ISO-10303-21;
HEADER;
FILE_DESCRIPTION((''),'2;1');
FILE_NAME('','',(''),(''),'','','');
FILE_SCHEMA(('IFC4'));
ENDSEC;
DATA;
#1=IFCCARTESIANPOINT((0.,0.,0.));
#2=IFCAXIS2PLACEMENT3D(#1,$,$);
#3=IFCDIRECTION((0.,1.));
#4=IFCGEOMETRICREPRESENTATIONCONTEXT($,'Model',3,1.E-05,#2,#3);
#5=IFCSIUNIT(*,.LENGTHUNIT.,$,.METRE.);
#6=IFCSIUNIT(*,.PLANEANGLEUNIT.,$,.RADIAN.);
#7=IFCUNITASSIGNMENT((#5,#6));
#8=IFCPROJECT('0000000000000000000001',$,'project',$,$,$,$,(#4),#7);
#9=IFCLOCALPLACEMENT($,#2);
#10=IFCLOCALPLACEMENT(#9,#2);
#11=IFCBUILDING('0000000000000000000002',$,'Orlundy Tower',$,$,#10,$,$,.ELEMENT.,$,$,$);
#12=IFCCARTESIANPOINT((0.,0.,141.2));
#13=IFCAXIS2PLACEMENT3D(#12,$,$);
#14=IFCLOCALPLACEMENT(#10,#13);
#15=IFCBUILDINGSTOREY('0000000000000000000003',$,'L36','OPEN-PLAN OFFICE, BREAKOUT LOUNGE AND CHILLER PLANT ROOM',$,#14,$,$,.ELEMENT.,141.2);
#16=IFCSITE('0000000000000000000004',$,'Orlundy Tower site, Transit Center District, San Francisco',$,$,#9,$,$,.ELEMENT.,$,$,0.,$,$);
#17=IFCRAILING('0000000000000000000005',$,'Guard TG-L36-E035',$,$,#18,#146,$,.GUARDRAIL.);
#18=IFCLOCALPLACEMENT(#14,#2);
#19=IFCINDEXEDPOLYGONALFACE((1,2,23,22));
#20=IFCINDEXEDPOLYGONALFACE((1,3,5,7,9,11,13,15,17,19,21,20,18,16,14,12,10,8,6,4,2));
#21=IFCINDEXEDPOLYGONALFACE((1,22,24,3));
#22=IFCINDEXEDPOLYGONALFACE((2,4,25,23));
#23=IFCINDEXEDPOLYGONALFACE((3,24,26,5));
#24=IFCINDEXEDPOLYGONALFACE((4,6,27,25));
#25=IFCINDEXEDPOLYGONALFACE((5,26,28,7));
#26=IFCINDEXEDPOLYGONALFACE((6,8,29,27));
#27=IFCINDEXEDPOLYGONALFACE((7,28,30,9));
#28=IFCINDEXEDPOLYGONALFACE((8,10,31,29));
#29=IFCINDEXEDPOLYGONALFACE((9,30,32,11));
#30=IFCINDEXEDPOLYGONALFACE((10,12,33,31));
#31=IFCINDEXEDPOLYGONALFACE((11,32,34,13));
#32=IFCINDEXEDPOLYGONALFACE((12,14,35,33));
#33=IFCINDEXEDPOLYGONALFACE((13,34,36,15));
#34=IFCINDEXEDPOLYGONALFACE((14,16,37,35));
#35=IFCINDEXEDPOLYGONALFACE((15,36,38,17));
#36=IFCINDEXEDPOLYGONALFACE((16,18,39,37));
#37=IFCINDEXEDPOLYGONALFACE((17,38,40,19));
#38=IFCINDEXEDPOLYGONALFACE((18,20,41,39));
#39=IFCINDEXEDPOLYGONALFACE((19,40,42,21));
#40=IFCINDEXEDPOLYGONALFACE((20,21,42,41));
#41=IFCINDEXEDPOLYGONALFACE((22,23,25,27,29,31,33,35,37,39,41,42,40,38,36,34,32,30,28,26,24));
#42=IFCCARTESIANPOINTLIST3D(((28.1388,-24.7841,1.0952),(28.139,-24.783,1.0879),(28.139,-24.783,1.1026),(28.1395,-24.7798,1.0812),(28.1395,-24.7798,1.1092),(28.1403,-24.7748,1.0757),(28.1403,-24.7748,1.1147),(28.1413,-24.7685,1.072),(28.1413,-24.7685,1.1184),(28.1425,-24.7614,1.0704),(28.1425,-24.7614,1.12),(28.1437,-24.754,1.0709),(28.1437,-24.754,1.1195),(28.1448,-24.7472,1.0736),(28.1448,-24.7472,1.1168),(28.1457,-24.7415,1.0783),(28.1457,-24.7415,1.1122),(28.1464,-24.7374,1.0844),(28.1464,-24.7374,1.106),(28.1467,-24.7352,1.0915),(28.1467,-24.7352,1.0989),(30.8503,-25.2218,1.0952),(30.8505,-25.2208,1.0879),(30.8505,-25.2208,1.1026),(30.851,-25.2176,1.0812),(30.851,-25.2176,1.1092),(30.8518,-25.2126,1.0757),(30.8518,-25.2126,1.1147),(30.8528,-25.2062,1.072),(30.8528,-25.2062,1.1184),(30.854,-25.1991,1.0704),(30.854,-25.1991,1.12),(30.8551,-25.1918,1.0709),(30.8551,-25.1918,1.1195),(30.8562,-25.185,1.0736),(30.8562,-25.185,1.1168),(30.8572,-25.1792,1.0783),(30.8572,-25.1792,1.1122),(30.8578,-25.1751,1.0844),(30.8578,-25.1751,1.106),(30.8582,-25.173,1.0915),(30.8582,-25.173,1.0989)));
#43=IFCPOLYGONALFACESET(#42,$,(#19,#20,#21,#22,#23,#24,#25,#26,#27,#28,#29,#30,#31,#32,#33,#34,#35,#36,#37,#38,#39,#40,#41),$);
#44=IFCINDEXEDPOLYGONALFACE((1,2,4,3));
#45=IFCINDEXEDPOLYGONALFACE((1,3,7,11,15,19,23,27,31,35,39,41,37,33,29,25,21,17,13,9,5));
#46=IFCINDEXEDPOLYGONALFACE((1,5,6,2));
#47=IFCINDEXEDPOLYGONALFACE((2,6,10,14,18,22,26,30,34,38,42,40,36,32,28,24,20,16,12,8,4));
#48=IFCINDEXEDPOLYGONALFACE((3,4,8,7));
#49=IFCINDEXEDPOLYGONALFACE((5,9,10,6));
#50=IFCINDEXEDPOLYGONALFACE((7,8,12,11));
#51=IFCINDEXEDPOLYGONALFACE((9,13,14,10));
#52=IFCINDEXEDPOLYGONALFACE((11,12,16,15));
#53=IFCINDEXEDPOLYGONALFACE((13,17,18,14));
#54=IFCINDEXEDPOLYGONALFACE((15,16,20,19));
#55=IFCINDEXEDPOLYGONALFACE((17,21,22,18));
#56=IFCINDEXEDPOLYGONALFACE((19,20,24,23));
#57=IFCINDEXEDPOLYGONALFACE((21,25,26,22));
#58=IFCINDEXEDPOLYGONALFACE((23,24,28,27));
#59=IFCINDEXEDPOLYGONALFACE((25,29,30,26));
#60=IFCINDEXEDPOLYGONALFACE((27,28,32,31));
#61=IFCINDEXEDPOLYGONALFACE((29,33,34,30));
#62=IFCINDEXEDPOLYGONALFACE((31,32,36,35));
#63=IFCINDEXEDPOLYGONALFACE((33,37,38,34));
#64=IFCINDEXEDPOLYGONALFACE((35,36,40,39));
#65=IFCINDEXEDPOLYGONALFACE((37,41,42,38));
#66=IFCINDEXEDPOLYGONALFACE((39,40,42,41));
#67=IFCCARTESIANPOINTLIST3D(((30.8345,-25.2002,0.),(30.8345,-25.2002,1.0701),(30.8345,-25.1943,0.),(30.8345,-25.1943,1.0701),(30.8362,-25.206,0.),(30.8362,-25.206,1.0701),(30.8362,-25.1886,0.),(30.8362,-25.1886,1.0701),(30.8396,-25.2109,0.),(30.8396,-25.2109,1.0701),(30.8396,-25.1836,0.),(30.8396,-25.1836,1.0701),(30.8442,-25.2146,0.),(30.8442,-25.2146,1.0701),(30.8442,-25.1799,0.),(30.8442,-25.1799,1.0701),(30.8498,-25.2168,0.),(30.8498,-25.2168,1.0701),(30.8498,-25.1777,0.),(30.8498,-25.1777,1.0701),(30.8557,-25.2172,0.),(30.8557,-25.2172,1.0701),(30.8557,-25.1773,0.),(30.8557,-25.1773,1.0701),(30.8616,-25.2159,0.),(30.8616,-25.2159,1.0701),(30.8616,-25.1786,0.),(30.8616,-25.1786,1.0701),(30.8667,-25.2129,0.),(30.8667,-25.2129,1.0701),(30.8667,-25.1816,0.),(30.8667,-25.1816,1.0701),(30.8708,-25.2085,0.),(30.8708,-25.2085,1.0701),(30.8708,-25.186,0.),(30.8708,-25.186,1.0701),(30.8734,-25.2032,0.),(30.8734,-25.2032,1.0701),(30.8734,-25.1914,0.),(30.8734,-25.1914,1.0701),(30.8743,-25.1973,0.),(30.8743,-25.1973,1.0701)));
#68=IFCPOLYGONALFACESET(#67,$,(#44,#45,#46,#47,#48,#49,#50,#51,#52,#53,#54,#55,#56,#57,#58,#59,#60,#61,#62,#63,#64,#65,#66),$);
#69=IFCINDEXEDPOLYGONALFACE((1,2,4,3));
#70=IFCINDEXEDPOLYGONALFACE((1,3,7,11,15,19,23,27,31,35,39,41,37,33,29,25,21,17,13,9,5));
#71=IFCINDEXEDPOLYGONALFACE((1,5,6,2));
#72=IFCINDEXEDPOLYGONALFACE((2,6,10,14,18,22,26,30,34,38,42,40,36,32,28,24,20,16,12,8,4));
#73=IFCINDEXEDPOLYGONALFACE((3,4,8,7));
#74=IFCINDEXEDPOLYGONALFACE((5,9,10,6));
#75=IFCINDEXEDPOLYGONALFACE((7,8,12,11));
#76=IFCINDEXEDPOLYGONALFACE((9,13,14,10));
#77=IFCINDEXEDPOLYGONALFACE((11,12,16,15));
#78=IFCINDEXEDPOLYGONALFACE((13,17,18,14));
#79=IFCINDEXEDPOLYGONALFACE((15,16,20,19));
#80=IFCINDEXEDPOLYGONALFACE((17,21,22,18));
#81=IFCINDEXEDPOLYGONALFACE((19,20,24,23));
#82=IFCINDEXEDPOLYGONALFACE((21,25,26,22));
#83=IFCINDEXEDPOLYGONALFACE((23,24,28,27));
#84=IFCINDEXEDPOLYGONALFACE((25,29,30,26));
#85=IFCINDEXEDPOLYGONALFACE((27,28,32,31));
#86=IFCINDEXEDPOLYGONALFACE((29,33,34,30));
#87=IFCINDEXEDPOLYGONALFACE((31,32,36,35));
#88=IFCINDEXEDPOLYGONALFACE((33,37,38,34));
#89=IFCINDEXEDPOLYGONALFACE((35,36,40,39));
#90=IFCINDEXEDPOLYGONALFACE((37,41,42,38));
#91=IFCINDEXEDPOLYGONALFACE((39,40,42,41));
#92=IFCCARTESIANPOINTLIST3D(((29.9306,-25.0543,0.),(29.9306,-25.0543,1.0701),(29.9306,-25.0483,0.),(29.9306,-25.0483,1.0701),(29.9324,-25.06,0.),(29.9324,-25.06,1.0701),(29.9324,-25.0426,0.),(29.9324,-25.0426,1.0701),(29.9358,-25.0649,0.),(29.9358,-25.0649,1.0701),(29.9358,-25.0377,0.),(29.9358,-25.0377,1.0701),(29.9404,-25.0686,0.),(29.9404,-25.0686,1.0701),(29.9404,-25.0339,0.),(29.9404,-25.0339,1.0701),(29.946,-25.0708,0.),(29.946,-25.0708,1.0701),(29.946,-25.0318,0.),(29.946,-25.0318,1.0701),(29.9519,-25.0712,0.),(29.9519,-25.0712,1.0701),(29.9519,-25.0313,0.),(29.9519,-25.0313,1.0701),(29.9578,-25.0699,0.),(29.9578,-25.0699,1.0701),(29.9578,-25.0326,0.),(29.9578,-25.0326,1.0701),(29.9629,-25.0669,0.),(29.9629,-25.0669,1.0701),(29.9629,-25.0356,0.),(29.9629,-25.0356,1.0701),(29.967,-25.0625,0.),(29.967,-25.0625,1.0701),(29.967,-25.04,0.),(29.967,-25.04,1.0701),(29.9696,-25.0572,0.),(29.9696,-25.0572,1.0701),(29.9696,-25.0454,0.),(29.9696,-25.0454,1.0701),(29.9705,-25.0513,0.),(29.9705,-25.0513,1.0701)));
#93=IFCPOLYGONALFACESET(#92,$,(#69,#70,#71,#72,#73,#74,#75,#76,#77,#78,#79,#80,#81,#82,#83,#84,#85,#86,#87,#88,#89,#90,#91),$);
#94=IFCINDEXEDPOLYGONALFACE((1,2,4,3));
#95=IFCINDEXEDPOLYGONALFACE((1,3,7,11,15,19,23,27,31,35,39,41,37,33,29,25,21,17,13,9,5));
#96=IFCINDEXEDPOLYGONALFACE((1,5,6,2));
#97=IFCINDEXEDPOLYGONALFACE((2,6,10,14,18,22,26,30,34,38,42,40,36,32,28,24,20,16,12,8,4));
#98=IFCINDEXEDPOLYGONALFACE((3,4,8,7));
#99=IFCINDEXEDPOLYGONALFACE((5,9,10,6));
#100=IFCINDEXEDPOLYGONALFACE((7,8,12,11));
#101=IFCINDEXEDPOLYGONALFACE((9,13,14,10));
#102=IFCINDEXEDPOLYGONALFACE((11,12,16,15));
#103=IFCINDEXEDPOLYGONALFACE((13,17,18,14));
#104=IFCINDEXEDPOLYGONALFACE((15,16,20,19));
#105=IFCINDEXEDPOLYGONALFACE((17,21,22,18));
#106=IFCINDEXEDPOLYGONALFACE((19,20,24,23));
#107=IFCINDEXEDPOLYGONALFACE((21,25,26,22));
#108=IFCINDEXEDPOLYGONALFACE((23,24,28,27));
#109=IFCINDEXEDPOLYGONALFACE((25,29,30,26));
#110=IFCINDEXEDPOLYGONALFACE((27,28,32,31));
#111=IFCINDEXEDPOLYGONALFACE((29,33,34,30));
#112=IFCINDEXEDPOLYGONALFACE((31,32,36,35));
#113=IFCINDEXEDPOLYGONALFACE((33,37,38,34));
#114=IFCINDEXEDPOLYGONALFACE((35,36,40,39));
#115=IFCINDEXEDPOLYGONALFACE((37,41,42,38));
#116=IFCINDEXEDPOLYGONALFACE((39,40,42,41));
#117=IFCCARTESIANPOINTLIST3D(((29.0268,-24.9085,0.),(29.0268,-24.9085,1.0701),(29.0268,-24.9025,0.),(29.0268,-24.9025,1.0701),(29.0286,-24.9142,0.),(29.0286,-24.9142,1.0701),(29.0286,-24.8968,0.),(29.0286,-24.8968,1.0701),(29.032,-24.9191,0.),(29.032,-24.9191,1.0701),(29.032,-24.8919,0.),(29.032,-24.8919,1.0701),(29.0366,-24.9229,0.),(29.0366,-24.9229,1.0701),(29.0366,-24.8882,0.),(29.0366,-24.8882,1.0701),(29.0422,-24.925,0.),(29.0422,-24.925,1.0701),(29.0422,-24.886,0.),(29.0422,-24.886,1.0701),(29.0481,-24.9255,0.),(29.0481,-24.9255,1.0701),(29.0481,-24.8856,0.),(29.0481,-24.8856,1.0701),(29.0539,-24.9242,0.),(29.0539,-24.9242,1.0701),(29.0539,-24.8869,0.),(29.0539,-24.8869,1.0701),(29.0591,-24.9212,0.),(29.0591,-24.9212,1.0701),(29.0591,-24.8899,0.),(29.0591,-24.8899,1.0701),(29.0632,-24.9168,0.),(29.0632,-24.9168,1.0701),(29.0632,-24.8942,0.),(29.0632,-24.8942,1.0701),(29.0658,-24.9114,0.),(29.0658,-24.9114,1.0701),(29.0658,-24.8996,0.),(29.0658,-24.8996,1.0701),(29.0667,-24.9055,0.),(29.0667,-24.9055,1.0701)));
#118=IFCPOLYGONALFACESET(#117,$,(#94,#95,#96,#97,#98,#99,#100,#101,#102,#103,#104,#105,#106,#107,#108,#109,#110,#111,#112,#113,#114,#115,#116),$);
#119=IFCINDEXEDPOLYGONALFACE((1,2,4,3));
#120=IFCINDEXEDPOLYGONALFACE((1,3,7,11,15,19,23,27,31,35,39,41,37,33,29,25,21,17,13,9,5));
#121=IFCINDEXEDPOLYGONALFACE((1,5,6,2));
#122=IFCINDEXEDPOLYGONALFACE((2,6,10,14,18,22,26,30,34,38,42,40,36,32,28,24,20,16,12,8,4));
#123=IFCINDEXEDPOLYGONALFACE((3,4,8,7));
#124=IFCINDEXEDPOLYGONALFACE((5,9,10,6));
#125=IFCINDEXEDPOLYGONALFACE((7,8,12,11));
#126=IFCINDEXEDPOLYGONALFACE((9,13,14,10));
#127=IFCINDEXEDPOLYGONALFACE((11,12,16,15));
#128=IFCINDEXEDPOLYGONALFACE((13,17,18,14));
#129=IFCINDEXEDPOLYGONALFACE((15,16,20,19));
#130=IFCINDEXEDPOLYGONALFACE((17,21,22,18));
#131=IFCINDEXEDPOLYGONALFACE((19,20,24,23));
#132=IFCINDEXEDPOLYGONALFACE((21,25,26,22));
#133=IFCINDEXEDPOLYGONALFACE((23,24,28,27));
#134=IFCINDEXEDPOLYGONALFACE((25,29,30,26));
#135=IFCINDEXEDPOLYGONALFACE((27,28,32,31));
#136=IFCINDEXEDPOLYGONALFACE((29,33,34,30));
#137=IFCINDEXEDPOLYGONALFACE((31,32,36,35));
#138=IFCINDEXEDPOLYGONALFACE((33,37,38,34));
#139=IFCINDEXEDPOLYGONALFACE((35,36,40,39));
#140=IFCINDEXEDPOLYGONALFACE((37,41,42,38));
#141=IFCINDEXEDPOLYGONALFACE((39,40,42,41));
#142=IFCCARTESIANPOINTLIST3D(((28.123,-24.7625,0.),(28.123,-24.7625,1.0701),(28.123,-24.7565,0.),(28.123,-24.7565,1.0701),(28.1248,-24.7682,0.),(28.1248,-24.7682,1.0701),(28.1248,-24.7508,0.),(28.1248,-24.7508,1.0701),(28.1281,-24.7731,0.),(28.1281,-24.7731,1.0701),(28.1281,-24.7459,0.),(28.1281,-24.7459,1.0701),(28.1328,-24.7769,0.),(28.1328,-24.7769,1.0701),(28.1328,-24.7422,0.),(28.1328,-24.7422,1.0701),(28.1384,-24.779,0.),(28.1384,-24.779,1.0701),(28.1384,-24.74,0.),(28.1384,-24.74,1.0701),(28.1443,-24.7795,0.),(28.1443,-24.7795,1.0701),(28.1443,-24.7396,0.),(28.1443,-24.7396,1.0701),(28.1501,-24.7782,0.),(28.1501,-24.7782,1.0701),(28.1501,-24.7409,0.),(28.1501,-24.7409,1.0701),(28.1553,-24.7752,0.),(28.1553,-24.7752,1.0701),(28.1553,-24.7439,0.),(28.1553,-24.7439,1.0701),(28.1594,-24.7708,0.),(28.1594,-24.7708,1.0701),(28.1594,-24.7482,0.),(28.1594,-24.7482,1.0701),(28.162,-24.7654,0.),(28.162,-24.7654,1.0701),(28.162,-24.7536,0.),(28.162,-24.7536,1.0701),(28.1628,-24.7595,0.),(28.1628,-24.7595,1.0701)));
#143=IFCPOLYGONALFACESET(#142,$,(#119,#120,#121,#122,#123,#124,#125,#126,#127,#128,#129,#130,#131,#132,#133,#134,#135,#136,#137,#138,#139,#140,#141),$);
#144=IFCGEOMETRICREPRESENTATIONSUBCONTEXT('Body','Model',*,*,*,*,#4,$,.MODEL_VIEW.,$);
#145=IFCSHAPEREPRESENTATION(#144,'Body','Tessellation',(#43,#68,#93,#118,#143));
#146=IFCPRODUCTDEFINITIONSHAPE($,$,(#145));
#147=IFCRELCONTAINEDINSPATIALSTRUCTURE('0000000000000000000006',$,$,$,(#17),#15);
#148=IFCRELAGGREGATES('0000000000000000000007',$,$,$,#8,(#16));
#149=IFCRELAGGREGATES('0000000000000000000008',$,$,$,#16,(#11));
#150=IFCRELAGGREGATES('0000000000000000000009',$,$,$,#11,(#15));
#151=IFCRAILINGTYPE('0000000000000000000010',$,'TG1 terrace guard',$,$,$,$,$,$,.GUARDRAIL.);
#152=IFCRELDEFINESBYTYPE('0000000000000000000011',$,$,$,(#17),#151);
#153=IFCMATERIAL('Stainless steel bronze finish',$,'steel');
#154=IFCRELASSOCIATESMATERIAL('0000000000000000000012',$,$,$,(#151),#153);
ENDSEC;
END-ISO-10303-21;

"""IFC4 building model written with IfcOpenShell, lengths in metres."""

from ifc_helpers import new_model, si_unit, direction, frame, origin, origin_2d, place, context, subcontext, project, spatial, circle, extrude, material, type_object, element, save


model = new_model("IFC4")

# Units and contexts
model_context = context("Model", 3, precision=1e-05, world=origin(), true_north=direction((0.0, 1.0)))
body_context = subcontext(model_context, "Body", "Model", "MODEL_VIEW")
ifc_project = project(units=[si_unit("LENGTHUNIT", "METRE"), si_unit("PLANEANGLEUNIT", "RADIAN")], contexts=[model_context])

# Site, building, storey
site_placement = place(None, origin())
site = spatial("IfcSite", under=ifc_project, at=site_placement, Name="Orlundy Tower site, Transit Center District, San Francisco", CompositionType="ELEMENT", RefElevation=0.0)
building_placement = place(site_placement, origin())
building = spatial("IfcBuilding", under=site, at=building_placement, Name="Orlundy Tower", CompositionType="ELEMENT")
storey_placement = place(building_placement, frame((0.0, 0.0, 141.2)))
storey = spatial("IfcBuildingStorey", under=building, at=storey_placement, Name="L36", Description="OPEN-PLAN OFFICE, BREAKOUT LOUNGE AND CHILLER PLANT ROOM", CompositionType="ELEMENT", Elevation=141.2)

# Railing
ifc_material_1 = material(Name="Stainless steel bronze finish", Category="steel")
railing_type = type_object("IfcRailingType", Name="TG1 terrace guard", PredefinedType="GUARDRAIL", material=ifc_material_1)
railing_1_placement = place(storey_placement, frame((30.8542, -25.1973, 0.0)))
element("IfcRailing", 1, at=railing_1_placement, inside=storey, type_object=railing_type, Name="Guard TG-L36-E035", PredefinedType="GUARDRAIL", context=body_context, shape_type="SweptSolid", body=[
    extrude(circle(Radius=0.0249, at=origin_2d()), frame((0.0, 0.0, 1.0952), z_axis=(-0.987217, 0.159381, 0.0), x_axis=(-0.159381, -0.987217, 0.0)), (0.0, 0.0, 1.0), 2.7466),
    extrude(circle(Radius=0.02, at=origin_2d()), origin(), (0.0, 0.0, 1.0), 1.0701),
    extrude(circle(Radius=0.02, at=origin_2d()), frame((-0.9038, 0.146, 0.0)), (0.0, 0.0, 1.0), 1.0701),
    extrude(circle(Radius=0.02, at=origin_2d()), frame((-1.8076, 0.2917, 0.0)), (0.0, 0.0, 1.0), 1.0701),
    extrude(circle(Radius=0.02, at=origin_2d()), frame((-2.7114, 0.4377, 0.0)), (0.0, 0.0, 1.0), 1.0701),
])

save(model, "model.ifc")
